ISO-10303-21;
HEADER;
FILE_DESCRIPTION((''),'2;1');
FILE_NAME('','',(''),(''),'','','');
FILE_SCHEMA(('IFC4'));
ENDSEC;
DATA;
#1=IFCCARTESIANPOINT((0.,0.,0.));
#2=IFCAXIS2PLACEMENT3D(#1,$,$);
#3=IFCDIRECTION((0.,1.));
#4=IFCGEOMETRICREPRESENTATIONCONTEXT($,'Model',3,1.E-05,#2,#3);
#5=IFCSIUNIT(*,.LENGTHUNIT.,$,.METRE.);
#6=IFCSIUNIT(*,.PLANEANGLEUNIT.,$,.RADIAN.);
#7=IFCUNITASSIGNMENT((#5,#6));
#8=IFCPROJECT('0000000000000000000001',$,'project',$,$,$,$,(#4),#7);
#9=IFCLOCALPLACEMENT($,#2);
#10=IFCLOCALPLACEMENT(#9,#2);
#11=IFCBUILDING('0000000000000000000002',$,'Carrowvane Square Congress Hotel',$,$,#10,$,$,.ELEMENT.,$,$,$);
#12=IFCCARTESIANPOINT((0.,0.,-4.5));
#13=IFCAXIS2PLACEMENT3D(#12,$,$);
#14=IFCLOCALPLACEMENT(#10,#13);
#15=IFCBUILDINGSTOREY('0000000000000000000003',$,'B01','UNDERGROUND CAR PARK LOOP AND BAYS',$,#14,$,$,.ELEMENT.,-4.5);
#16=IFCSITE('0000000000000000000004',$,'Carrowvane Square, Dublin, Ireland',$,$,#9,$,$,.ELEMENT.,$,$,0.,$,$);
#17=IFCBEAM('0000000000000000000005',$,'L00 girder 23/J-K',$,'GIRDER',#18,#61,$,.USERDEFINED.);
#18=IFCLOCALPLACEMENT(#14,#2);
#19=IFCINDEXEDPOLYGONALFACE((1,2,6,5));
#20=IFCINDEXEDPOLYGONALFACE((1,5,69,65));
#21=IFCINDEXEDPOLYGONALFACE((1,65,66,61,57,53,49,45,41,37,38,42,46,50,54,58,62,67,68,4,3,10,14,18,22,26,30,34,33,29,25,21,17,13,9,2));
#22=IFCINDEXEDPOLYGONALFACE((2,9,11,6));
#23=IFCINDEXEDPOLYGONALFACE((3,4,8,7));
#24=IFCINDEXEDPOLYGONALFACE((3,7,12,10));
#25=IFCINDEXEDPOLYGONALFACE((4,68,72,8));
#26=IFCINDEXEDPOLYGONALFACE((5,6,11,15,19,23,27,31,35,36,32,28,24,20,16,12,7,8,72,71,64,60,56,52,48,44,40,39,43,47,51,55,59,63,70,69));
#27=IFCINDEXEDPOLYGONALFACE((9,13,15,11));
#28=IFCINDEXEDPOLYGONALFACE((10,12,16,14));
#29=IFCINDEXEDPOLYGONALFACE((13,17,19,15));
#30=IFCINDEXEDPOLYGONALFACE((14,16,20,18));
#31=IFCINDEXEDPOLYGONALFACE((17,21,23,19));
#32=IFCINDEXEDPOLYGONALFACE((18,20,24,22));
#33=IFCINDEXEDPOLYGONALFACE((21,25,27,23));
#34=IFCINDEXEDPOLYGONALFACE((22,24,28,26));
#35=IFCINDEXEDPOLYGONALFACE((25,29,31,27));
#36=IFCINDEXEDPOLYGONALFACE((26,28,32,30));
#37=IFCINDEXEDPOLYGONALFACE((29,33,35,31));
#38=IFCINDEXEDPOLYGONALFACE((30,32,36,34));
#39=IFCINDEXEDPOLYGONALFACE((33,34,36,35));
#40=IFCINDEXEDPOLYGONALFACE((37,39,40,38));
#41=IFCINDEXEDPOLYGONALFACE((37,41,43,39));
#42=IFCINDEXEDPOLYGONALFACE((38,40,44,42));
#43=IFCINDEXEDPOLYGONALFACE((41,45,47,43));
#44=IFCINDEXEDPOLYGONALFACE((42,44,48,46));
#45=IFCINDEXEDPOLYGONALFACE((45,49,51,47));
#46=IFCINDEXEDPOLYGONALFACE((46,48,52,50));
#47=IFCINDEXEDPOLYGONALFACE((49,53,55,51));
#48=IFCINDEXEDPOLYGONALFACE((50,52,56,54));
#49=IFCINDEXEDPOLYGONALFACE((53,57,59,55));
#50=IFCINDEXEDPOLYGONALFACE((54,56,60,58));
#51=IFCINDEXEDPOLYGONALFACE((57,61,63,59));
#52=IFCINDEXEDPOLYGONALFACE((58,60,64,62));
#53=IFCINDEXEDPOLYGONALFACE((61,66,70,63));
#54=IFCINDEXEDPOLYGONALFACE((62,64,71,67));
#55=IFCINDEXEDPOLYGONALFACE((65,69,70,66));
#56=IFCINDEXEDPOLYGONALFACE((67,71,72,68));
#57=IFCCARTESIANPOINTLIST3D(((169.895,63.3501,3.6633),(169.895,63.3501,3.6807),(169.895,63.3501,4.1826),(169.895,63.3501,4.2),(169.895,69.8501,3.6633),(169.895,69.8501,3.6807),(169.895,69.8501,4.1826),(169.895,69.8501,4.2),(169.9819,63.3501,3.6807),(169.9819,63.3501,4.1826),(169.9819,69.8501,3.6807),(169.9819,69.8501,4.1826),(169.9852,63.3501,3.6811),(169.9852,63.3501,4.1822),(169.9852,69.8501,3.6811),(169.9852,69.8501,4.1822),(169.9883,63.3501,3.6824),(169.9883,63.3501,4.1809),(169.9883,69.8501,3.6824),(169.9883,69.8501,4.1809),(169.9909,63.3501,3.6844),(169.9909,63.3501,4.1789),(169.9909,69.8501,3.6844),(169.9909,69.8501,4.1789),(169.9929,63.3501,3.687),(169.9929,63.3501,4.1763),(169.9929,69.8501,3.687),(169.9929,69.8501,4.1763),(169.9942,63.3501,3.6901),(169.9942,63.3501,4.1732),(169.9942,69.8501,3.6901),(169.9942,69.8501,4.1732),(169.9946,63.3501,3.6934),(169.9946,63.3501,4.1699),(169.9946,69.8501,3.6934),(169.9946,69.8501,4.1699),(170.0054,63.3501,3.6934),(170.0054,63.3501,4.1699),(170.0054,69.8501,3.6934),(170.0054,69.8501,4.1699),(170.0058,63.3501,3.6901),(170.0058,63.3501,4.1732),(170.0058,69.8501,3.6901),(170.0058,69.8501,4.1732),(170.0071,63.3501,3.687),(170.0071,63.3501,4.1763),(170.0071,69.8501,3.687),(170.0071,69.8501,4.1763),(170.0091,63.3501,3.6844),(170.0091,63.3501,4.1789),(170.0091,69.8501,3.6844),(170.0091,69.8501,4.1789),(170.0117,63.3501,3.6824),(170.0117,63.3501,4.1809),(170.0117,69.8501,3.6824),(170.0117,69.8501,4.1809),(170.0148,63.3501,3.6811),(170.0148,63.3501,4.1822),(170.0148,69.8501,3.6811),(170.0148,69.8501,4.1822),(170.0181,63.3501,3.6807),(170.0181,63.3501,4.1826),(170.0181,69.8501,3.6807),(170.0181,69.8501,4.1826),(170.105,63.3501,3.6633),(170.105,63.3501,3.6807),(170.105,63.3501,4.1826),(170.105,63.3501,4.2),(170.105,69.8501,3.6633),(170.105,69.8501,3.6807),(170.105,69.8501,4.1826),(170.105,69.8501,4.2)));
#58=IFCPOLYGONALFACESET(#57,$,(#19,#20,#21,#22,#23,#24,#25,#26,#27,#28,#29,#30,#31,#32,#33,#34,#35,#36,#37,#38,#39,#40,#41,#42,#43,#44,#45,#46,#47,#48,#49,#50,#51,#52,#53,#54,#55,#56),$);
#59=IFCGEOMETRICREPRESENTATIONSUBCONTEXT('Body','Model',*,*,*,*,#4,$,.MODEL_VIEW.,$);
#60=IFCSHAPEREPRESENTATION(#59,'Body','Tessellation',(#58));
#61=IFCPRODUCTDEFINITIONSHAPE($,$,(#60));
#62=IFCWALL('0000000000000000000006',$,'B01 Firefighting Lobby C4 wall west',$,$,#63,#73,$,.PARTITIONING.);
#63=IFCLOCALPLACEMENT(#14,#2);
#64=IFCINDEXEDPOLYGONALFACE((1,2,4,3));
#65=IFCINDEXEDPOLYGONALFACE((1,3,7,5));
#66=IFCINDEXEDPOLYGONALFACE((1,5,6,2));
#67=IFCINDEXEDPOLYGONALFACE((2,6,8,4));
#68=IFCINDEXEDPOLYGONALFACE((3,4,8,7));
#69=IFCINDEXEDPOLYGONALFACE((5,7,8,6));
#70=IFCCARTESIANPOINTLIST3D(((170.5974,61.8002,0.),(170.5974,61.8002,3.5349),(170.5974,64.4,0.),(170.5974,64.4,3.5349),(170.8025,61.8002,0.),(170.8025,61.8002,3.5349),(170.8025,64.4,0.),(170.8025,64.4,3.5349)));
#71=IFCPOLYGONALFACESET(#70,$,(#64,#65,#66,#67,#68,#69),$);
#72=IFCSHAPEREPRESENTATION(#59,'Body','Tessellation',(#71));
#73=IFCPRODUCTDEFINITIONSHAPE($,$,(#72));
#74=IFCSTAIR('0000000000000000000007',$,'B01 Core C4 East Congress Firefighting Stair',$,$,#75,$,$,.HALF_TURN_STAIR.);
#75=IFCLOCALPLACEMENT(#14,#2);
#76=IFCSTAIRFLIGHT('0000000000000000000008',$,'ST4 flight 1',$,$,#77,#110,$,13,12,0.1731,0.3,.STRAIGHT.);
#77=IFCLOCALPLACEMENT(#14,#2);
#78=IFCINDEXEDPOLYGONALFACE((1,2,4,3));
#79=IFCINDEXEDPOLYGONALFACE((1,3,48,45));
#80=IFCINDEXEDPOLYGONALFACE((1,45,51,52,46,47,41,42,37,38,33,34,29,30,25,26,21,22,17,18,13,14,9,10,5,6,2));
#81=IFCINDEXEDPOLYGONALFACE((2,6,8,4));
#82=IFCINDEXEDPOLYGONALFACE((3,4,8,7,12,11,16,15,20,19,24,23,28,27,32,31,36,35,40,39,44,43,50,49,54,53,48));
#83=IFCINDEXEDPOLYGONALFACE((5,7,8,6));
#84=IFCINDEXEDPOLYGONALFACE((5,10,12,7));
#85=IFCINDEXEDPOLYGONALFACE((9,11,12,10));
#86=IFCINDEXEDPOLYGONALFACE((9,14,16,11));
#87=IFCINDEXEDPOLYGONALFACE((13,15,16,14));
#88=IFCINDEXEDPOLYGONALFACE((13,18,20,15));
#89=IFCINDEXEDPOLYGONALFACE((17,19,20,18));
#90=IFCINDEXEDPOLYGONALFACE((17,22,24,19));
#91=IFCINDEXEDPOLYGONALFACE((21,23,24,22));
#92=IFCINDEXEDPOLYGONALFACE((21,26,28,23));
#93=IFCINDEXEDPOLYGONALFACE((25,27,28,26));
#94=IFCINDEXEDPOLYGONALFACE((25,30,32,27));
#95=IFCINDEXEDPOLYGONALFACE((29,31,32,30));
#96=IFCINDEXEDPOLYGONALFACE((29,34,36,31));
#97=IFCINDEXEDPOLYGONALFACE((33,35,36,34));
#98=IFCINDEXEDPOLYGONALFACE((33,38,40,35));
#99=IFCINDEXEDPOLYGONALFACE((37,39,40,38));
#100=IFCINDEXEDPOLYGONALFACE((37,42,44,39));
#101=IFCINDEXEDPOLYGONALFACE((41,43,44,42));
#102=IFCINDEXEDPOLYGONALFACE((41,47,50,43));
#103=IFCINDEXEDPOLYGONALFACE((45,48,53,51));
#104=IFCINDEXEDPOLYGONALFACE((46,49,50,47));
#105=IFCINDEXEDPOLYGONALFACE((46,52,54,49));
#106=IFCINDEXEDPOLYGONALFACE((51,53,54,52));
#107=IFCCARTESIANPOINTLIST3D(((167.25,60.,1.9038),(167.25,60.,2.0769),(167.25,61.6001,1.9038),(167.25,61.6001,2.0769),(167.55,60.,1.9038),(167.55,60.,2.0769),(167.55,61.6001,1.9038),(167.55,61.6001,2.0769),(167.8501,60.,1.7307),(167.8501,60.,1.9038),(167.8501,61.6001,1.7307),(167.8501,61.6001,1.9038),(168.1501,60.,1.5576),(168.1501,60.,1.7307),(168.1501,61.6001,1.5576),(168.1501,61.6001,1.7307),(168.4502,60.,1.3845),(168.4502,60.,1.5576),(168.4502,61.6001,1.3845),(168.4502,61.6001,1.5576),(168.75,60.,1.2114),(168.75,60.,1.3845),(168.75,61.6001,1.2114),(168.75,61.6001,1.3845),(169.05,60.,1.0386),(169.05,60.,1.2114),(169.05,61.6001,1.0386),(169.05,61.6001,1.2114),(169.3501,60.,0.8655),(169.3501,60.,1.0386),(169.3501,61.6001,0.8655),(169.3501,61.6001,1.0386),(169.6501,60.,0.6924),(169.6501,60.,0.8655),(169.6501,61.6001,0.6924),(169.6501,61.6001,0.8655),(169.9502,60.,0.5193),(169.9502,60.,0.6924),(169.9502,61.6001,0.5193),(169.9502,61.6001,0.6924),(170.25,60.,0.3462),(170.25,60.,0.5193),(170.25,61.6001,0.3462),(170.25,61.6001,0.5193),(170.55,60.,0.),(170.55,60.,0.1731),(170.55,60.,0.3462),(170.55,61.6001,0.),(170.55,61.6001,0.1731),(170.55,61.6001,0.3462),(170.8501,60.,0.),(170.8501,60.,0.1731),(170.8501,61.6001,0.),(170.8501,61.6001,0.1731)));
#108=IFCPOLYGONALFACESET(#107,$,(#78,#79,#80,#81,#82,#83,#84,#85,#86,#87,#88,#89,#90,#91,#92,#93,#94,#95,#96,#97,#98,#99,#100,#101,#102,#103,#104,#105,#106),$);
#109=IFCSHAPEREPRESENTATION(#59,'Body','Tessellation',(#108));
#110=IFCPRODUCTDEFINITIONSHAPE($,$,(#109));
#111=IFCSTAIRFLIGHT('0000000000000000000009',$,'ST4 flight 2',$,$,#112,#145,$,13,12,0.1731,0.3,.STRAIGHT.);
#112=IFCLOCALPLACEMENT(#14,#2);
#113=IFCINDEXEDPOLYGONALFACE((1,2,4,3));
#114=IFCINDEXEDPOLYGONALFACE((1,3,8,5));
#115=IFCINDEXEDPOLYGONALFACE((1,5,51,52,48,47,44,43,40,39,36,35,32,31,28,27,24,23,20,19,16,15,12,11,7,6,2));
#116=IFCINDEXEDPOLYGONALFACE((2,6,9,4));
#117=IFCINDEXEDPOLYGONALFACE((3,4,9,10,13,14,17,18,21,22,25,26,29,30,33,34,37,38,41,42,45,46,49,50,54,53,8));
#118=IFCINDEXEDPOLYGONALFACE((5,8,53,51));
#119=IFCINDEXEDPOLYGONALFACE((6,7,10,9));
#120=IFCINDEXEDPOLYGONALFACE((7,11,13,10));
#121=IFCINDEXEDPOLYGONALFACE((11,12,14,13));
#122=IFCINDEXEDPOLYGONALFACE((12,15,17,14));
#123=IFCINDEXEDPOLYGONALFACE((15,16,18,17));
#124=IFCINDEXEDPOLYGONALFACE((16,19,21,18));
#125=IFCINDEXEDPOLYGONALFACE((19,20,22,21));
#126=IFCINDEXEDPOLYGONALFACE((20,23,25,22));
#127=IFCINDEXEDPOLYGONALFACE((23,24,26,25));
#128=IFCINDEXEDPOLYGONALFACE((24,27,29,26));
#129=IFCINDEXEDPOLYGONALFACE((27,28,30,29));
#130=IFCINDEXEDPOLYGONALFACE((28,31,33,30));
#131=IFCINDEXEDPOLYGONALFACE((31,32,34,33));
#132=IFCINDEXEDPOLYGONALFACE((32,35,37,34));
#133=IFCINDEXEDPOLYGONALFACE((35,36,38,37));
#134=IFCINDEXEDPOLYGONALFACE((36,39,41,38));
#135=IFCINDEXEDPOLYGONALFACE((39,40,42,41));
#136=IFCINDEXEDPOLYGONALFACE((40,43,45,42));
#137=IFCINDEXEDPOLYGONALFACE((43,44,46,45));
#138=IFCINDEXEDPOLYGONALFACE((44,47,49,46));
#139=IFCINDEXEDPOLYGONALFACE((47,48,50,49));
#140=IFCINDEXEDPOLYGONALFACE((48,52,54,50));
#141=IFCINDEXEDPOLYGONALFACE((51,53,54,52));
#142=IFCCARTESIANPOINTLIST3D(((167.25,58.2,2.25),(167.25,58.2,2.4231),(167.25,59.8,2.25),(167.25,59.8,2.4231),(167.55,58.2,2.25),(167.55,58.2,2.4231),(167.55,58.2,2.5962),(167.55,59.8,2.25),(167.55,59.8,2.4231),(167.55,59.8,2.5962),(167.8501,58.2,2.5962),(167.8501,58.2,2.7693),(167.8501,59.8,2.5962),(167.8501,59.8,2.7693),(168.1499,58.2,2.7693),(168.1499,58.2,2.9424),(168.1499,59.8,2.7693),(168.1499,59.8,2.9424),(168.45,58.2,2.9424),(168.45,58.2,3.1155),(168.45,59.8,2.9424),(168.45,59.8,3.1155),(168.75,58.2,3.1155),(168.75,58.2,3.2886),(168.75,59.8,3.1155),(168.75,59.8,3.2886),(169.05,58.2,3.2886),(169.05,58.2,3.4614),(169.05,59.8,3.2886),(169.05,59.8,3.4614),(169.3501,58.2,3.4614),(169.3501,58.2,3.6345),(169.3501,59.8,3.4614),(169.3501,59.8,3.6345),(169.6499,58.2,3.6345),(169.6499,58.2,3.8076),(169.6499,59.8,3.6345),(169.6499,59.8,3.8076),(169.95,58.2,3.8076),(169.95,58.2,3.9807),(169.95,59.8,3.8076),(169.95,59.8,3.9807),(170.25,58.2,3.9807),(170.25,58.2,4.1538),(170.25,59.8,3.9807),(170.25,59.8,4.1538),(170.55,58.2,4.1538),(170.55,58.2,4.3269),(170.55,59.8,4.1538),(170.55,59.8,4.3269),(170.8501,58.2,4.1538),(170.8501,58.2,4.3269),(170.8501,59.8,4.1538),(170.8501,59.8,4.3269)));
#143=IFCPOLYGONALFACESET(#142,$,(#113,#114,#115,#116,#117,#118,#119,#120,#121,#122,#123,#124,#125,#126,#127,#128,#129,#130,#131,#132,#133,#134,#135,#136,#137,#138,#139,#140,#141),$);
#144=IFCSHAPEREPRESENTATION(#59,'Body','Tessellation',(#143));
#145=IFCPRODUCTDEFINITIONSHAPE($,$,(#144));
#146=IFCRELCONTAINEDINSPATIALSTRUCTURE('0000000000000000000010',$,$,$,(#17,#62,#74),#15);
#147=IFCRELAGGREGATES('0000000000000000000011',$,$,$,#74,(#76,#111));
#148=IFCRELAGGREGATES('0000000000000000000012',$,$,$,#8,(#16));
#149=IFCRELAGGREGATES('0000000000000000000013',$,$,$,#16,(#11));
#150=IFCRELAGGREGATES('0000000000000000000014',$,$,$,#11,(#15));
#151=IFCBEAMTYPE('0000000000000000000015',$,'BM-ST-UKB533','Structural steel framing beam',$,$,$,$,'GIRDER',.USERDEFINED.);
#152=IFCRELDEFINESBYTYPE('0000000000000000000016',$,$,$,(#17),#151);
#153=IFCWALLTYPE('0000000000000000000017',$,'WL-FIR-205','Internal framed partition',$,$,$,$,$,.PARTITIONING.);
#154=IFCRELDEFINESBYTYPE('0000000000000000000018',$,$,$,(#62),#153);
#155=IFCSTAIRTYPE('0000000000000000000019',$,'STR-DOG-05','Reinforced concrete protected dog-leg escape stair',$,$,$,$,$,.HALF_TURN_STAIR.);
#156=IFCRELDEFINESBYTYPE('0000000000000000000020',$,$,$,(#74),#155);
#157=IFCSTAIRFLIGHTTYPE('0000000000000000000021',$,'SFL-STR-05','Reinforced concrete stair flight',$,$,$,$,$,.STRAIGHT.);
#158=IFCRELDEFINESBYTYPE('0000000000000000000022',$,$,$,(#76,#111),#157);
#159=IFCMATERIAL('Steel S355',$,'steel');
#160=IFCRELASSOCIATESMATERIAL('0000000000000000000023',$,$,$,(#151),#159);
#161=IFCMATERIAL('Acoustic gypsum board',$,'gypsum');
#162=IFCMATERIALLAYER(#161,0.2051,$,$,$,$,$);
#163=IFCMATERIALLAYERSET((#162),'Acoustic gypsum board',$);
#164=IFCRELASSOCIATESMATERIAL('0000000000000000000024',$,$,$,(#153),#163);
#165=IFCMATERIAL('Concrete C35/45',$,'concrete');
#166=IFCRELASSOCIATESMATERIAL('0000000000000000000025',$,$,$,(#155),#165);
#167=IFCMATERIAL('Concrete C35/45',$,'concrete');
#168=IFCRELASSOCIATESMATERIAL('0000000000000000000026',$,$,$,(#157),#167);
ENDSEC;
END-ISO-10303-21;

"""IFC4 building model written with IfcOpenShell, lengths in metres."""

from ifc_helpers import new_model, si_unit, direction, frame, frame_2d, origin, origin_2d, place, context, subcontext, project, spatial, polyline, rectangle, i_section, outline, extrude, material, layer, layer_set, material_profile, profile_set, type_object, element, aggregate, save


model = new_model("IFC4")

# Units and contexts
model_context = context("Model", 3, precision=1e-05, world=origin(), true_north=direction((0.0, 1.0)))
body_context = subcontext(model_context, "Body", "Model", "MODEL_VIEW")
ifc_project = project(units=[si_unit("LENGTHUNIT", "METRE"), si_unit("PLANEANGLEUNIT", "RADIAN")], contexts=[model_context])

# Site, building, storey
site_placement = place(None, origin())
site = spatial("IfcSite", under=ifc_project, at=site_placement, Name="Carrowvane Square, Dublin, Ireland", CompositionType="ELEMENT", RefElevation=0.0)
building_placement = place(site_placement, origin())
building = spatial("IfcBuilding", under=site, at=building_placement, Name="Carrowvane Square Congress Hotel", CompositionType="ELEMENT")
storey_placement = place(building_placement, frame((0.0, 0.0, -4.5)))
storey = spatial("IfcBuildingStorey", under=building, at=storey_placement, Name="B01", Description="UNDERGROUND CAR PARK LOOP AND BAYS", CompositionType="ELEMENT", Elevation=-4.5)

# Beam
ifc_material_1 = material(Name="Steel S355", Category="steel")
ifc_material_profile_1 = material_profile(ifc_material_1, i_section(OverallWidth=0.21, OverallDepth=0.5366, WebThickness=0.0107, FlangeThickness=0.0173, FilletRadius=0.0127, at=origin_2d()), Name="UKB 533x210x101")
ifc_profile_set_1 = profile_set([ifc_material_profile_1], Name="Steel S355")
beam_type_1 = type_object("IfcBeamType", Name="BM-ST-UKB533", Description="Structural steel framing beam", ElementType="GIRDER", PredefinedType="USERDEFINED", material=ifc_profile_set_1)
for number, where, z_axis, x_axis, name in (
    (1, (170.0, 63.3501, 3.9316), (0.0, 1.0, 0.0), (-1.0, 0.0, 0.0), "L00 girder 23/J-K"),
):
    element("IfcBeam", number, at=place(storey_placement, frame(where, z_axis=z_axis, x_axis=x_axis)), inside=storey, type_object=beam_type_1, Name=name, ObjectType="GIRDER", PredefinedType="USERDEFINED", context=body_context, shape_type="SweptSolid", body=[
        extrude(i_section(OverallWidth=0.21, OverallDepth=0.5366, WebThickness=0.0107, FlangeThickness=0.0173, FilletRadius=0.0127, at=origin_2d()), origin(), (0.0, 0.0, 1.0), 6.5),
    ])

# Wall
ifc_material_2 = material(Name="Acoustic gypsum board", Category="gypsum")
ifc_layer_1 = layer(ifc_material_2, 0.2051)
ifc_layer_set_1 = layer_set([ifc_layer_1], Name="Acoustic gypsum board")
wall_type = type_object("IfcWallType", Name="WL-FIR-205", Description="Internal framed partition", PredefinedType="PARTITIONING", material=ifc_layer_set_1)
wall_placement = place(storey_placement, frame((170.7, 64.3999, 0.0), z_axis=(0.0, 0.0, 1.0), x_axis=(0.0, -1.0, 0.0)))
element("IfcWall", 2, at=wall_placement, inside=storey, type_object=wall_type, Name="B01 Firefighting Lobby C4 wall west", PredefinedType="PARTITIONING", context=body_context, shape_type="SweptSolid", body=[
    extrude(rectangle(XDim=2.5999, YDim=0.2051, at=frame_2d((1.2998, 0.0))), origin(), (0.0, 0.0, 1.0), 3.5349),
])

# Stair, stair flights
ifc_material_3 = material(Name="Concrete C35/45", Category="concrete")
stair_type = type_object("IfcStairType", Name="STR-DOG-05", Description="Reinforced concrete protected dog-leg escape stair", PredefinedType="HALF_TURN_STAIR", material=ifc_material_3)
stair_placement = place(storey_placement, origin())
stair = element("IfcStair", 3, at=stair_placement, inside=storey, type_object=stair_type, Name="B01 Core C4 East Congress Firefighting Stair", PredefinedType="HALF_TURN_STAIR")
ifc_material_4 = material(Name="Concrete C35/45", Category="concrete")
stair_flight_type = type_object("IfcStairFlightType", Name="SFL-STR-05", Description="Reinforced concrete stair flight", PredefinedType="STRAIGHT", material=ifc_material_4)
stair_flight_1_placement = place(storey_placement, frame((170.8501, 60.8, 0.0), z_axis=(0.0, 0.0, 1.0), x_axis=(-1.0, 0.0, 0.0)))
stair_flight_1 = element("IfcStairFlight", 4, at=stair_flight_1_placement, type_object=stair_flight_type, Name="ST4 flight 1", NumberOfRisers=13, NumberOfTreads=12, PredefinedType="STRAIGHT", RiserHeight=0.1731, TreadLength=0.3, context=body_context, shape_type="SweptSolid", body=[
    extrude(outline(polyline([(0.0, 0.0), (0.0, 0.1731), (0.3, 0.1731), (0.3, 0.3462), (0.6001, 0.3462), (0.6001, 0.5193), (0.8999, 0.5193), (0.8999, 0.6924), (1.2, 0.6924), (1.2, 0.8655), (1.5, 0.8655), (1.5, 1.0386), (1.8, 1.0386), (1.8, 1.2114), (2.1001, 1.2114), (2.1001, 1.3845), (2.3999, 1.3845), (2.3999, 1.5576), (2.7, 1.5576), (2.7, 1.7307), (3.0, 1.7307), (3.0, 1.9038), (3.3, 1.9038), (3.3, 2.0769), (3.6001, 2.0769), (3.6001, 2.25), (3.6001, 1.9038), (0.3, 0.0), (0.0, 0.0)])), frame((0.0, 0.8, 0.0), z_axis=(0.0, -1.0, 0.0), x_axis=(1.0, 0.0, 0.0)), (0.0, 0.0, 1.0), 1.6001),
])
stair_flight_2_placement = place(storey_placement, frame((167.25, 59.0, 2.25), z_axis=(0.0, 0.0, 1.0), x_axis=(1.0, 0.0, 0.0)))
stair_flight_2 = element("IfcStairFlight", 5, at=stair_flight_2_placement, type_object=stair_flight_type, Name="ST4 flight 2", NumberOfRisers=13, NumberOfTreads=12, PredefinedType="STRAIGHT", RiserHeight=0.1731, TreadLength=0.3, context=body_context, shape_type="SweptSolid", body=[
    extrude(outline(polyline([(0.0, 0.0), (0.0, 0.1731), (0.3, 0.1731), (0.3, 0.3462), (0.6001, 0.3462), (0.6001, 0.5193), (0.8999, 0.5193), (0.8999, 0.6924), (1.2, 0.6924), (1.2, 0.8655), (1.5, 0.8655), (1.5, 1.0386), (1.8, 1.0386), (1.8, 1.2114), (2.1001, 1.2114), (2.1001, 1.3845), (2.3999, 1.3845), (2.3999, 1.5576), (2.7, 1.5576), (2.7, 1.7307), (3.0, 1.7307), (3.0, 1.9038), (3.3, 1.9038), (3.3, 2.0769), (3.6001, 2.0769), (3.6001, 2.25), (3.6001, 1.9038), (0.3, 0.0), (0.0, 0.0)])), frame((0.0, 0.8, 0.0), z_axis=(0.0, -1.0, 0.0), x_axis=(1.0, 0.0, 0.0)), (0.0, 0.0, 1.0), 1.6001),
])
aggregate(stair, [stair_flight_1, stair_flight_2])

save(model, "model.ifc")
